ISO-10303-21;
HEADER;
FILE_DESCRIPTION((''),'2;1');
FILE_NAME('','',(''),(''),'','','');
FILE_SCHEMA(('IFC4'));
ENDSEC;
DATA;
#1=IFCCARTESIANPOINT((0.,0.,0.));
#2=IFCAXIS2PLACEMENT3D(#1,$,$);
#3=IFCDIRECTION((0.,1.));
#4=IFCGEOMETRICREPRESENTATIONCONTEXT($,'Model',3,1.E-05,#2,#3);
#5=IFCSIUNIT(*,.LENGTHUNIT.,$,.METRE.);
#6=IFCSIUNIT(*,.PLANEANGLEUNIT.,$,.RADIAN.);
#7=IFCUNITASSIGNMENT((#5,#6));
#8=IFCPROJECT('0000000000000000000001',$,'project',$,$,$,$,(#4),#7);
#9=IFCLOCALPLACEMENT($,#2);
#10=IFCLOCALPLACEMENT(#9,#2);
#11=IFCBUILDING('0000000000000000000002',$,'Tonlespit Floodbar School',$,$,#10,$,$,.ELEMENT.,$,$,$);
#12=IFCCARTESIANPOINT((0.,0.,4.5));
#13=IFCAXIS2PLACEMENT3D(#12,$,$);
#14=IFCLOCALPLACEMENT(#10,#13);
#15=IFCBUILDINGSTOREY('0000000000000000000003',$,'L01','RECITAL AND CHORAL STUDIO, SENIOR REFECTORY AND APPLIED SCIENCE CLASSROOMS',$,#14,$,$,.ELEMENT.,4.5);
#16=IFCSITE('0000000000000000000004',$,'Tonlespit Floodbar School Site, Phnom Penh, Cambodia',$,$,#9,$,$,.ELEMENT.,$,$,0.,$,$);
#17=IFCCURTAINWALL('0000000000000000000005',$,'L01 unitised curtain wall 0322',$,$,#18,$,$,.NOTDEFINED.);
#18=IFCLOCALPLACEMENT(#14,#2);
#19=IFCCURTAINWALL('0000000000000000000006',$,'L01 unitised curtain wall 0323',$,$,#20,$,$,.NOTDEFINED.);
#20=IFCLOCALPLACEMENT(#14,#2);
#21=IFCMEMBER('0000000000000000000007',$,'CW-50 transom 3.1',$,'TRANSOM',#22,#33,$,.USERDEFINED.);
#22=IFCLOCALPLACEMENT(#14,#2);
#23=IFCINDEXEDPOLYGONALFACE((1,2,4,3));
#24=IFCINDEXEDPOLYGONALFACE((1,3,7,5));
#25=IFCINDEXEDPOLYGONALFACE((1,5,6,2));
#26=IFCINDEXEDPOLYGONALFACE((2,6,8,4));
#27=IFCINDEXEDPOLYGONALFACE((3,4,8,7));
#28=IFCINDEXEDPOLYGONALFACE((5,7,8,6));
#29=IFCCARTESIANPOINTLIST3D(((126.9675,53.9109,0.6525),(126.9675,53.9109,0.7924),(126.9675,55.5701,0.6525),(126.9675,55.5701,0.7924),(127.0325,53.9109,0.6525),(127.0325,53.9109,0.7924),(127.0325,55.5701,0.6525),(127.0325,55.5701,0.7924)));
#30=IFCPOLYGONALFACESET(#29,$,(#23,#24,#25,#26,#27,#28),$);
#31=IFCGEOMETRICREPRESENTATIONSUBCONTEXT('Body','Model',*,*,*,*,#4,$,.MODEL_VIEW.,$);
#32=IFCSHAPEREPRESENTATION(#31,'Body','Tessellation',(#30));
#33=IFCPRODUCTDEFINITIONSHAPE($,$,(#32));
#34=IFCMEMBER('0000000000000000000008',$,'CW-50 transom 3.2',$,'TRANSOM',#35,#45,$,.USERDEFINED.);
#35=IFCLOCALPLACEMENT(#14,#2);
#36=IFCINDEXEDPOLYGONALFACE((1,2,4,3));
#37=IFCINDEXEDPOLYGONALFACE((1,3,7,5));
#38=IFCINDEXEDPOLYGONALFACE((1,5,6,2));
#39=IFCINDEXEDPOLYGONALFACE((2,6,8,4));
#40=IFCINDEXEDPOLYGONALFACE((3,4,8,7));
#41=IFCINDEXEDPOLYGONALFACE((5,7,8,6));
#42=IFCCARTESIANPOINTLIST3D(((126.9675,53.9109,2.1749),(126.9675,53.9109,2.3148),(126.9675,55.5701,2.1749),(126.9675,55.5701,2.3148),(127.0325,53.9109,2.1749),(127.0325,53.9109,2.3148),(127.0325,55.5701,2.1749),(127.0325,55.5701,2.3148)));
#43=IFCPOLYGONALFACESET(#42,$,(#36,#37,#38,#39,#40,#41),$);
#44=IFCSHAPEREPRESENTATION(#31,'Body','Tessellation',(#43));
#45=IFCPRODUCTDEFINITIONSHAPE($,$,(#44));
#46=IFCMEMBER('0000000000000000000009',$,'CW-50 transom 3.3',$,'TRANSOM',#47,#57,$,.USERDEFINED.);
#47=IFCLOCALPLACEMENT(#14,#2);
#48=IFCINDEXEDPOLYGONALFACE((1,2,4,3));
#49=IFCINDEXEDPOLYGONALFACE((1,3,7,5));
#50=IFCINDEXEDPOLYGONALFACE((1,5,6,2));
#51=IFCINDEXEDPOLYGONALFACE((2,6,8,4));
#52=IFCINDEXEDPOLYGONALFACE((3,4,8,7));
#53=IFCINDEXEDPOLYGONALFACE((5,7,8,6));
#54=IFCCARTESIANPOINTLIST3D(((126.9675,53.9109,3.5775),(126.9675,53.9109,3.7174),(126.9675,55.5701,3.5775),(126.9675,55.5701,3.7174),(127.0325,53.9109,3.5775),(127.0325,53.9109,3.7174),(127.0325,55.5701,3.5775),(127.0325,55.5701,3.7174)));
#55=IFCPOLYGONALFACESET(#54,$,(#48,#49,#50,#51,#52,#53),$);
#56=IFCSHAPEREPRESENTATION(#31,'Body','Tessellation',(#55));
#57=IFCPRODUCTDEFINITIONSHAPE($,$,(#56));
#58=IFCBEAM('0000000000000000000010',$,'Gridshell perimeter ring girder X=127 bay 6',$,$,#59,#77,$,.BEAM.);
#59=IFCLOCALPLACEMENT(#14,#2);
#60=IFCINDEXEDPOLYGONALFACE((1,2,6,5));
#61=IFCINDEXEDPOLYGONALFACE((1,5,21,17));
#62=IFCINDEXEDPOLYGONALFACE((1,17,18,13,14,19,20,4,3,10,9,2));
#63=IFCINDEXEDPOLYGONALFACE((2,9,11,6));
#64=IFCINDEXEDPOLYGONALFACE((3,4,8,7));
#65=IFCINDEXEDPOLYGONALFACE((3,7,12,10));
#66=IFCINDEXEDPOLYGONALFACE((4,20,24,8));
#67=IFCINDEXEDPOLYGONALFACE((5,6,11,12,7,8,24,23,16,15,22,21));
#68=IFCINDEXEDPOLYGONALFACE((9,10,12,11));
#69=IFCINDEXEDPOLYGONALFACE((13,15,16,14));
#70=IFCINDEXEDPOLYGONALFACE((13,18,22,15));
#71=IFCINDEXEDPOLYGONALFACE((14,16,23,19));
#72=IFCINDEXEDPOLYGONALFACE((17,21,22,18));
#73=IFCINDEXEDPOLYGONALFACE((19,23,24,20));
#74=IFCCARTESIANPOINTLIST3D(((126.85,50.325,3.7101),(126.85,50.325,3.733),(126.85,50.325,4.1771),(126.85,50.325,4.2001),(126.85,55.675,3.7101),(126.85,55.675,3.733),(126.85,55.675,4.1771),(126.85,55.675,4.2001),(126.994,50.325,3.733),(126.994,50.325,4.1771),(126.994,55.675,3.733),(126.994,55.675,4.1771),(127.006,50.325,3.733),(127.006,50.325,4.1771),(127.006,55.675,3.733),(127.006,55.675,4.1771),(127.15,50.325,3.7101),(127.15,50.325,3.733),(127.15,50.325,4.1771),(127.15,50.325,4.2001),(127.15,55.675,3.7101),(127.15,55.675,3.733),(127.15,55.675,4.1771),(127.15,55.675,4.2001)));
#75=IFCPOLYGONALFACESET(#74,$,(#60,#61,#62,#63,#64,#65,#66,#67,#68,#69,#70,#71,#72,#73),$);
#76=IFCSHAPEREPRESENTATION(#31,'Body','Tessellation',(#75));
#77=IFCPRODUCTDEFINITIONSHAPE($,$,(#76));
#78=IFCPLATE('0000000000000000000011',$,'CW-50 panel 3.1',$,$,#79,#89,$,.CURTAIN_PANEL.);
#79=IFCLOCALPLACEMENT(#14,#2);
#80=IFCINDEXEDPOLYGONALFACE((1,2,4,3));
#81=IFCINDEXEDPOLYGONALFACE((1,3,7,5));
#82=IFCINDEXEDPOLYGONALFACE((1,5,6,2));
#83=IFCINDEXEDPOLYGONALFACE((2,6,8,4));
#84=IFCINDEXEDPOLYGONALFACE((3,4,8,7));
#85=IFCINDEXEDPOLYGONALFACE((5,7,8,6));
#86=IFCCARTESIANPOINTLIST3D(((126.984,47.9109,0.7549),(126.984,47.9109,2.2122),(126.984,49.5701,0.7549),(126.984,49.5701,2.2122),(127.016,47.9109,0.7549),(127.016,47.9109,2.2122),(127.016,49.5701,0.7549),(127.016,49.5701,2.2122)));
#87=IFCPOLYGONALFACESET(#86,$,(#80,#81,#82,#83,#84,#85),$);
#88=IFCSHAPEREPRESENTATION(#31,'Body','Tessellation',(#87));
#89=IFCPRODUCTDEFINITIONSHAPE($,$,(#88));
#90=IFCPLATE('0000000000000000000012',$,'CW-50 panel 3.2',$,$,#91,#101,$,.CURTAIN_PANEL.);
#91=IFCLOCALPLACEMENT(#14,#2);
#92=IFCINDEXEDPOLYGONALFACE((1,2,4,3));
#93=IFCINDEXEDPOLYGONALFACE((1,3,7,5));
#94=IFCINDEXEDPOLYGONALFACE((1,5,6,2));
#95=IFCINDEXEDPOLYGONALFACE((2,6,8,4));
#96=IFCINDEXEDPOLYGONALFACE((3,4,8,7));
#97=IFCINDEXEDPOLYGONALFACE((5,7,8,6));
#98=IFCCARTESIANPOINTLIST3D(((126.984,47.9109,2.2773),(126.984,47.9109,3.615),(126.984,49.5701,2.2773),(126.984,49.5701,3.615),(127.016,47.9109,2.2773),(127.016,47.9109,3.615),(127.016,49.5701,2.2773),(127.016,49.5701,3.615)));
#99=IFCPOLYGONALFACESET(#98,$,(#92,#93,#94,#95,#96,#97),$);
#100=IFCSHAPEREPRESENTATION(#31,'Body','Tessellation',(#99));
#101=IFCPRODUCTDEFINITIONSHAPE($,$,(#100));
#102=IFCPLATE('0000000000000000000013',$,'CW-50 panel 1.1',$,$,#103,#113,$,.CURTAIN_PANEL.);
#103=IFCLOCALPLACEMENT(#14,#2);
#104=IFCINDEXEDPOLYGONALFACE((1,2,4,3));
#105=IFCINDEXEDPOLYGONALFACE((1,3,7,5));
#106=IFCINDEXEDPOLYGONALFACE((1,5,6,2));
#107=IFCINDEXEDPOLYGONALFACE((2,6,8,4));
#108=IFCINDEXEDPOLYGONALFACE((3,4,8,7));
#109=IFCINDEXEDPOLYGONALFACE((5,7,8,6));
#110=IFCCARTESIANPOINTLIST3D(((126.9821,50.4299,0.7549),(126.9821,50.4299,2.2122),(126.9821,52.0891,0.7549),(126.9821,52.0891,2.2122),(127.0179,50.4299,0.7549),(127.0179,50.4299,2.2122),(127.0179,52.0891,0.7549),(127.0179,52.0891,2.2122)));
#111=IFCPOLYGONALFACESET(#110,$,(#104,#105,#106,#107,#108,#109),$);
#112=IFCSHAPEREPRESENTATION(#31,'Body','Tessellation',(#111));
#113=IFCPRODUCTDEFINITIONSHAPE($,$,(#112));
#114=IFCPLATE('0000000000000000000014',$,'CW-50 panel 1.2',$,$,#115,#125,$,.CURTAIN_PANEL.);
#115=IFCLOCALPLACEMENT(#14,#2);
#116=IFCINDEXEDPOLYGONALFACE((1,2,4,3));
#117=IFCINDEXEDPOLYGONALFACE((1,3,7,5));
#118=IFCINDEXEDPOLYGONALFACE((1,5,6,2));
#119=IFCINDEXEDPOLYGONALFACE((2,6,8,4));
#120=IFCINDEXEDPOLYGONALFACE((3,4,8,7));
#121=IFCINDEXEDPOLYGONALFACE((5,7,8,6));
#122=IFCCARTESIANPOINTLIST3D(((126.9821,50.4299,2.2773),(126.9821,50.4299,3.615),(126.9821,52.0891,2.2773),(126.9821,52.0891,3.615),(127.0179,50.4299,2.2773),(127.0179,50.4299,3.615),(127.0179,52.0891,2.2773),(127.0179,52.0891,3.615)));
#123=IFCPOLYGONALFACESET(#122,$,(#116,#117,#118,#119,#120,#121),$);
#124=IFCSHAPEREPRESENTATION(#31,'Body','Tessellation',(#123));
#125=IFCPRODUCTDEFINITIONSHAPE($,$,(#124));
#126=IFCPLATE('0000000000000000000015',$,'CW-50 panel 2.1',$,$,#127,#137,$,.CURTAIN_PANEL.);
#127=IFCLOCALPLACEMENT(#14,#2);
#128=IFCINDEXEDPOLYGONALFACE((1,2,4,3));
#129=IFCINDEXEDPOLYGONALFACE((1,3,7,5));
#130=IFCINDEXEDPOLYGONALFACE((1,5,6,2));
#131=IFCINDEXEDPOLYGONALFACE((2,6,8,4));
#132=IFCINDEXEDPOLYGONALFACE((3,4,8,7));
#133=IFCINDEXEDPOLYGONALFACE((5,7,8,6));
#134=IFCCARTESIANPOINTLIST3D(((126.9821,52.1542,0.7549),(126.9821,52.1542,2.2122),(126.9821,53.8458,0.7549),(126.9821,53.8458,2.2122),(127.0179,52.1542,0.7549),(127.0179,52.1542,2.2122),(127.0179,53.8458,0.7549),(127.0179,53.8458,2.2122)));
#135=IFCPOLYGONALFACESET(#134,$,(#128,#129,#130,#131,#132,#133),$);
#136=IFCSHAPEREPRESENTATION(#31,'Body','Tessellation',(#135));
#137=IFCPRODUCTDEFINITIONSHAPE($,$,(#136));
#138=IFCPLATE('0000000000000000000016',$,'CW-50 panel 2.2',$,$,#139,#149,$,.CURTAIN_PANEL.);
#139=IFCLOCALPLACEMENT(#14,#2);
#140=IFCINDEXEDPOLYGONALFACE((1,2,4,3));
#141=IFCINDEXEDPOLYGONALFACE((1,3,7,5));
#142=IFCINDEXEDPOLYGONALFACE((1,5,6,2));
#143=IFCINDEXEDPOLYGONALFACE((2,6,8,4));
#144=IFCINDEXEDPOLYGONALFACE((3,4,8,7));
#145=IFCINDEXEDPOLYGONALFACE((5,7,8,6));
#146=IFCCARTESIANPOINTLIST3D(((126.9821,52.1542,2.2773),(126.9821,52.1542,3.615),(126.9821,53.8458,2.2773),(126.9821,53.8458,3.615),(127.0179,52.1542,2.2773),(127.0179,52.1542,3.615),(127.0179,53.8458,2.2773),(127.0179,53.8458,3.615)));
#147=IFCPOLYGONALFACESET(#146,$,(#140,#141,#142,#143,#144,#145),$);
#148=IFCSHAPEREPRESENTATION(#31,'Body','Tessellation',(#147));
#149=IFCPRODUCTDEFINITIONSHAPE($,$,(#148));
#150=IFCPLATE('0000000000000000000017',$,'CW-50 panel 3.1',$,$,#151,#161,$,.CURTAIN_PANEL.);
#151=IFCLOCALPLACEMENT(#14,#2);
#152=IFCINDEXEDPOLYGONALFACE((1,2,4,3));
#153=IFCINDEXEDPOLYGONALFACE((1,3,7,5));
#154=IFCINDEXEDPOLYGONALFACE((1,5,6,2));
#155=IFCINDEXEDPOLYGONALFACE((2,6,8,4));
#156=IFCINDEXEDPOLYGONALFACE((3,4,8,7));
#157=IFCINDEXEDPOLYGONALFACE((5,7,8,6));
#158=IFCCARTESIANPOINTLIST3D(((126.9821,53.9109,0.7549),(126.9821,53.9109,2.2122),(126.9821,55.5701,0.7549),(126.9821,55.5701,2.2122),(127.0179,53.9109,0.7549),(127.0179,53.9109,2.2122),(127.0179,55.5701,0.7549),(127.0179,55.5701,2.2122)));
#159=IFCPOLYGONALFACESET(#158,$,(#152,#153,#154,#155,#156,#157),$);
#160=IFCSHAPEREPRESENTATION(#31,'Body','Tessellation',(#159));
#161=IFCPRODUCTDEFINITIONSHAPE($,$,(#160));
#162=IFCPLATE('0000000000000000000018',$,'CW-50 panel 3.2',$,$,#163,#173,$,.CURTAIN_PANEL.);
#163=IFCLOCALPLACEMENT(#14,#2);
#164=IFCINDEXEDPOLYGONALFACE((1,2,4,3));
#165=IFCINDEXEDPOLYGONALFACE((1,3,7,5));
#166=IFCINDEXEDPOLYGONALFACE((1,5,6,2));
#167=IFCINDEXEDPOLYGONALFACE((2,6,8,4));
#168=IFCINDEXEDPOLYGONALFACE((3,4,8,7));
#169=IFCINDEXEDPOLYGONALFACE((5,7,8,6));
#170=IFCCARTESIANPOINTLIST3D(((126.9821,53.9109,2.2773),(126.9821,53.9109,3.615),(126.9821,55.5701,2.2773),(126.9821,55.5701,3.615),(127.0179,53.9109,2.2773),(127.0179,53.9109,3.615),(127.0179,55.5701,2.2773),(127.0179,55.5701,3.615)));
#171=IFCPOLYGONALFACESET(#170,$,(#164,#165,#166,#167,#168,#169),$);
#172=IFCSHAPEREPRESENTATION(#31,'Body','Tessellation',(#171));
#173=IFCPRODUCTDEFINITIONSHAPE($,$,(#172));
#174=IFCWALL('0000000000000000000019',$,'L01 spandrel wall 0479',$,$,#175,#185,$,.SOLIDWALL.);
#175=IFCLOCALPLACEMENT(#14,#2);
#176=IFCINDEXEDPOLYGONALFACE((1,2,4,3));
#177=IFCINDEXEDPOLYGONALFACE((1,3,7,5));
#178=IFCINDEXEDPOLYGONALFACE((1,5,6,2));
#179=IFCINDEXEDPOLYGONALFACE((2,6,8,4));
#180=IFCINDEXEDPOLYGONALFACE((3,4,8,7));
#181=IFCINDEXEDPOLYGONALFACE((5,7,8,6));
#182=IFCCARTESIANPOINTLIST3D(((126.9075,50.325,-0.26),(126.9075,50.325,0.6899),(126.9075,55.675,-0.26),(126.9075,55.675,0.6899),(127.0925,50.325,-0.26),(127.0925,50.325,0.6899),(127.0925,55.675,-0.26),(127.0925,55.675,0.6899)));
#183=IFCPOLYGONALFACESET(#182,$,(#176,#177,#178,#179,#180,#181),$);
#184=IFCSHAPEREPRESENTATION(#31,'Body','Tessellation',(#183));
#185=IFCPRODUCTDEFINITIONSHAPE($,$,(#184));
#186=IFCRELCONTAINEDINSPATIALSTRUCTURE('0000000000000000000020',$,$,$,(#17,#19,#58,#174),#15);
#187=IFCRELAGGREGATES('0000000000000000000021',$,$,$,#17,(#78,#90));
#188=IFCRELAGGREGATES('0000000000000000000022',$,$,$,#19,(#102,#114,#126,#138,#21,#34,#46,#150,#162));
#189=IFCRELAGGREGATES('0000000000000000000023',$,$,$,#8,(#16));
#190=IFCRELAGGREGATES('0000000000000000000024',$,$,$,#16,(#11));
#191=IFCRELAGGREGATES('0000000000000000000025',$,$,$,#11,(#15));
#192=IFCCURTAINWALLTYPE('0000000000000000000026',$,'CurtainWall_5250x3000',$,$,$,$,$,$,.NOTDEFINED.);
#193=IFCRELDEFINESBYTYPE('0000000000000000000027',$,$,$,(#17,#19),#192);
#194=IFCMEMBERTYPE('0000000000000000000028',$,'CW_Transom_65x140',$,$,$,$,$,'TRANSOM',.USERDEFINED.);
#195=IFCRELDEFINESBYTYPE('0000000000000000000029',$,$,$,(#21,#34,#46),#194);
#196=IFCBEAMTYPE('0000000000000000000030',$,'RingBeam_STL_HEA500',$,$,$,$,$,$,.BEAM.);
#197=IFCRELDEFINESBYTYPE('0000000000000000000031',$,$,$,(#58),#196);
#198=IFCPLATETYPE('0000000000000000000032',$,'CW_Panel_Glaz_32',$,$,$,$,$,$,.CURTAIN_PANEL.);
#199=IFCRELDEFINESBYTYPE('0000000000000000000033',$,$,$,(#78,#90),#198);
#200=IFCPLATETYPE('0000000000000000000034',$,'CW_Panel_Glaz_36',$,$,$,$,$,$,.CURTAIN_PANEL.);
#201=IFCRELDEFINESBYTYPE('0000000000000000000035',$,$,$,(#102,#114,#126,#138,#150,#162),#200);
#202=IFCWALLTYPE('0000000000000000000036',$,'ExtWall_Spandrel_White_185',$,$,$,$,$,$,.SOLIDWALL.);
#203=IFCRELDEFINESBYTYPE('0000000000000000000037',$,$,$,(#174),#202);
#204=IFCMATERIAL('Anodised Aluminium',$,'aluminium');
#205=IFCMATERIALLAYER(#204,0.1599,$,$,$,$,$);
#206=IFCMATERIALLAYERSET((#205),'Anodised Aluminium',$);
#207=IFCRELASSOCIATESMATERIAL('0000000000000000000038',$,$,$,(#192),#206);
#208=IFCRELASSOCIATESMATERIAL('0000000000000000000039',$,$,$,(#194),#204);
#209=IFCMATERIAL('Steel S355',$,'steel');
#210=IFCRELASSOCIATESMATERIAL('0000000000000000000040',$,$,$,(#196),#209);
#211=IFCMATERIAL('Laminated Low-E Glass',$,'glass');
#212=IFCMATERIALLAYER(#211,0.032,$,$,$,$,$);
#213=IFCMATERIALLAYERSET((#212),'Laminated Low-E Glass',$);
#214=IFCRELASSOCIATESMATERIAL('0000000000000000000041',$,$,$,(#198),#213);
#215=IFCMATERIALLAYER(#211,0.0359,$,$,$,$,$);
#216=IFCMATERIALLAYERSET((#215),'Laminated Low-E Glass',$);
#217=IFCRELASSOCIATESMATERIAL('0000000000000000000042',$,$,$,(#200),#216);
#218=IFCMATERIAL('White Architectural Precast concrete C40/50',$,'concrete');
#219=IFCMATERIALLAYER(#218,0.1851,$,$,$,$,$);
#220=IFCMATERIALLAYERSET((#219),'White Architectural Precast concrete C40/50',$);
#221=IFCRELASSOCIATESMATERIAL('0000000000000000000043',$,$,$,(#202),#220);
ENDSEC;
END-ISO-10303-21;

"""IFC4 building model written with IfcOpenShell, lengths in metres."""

from ifc_helpers import new_model, si_unit, direction, frame, frame_2d, origin, origin_2d, place, context, subcontext, project, spatial, rectangle, i_section, extrude, material, layer, layer_set, material_profile, profile_set, type_object, element, aggregate, save


model = new_model("IFC4")

# Units and contexts
model_context = context("Model", 3, precision=1e-05, world=origin(), true_north=direction((0.0, 1.0)))
body_context = subcontext(model_context, "Body", "Model", "MODEL_VIEW")
ifc_project = project(units=[si_unit("LENGTHUNIT", "METRE"), si_unit("PLANEANGLEUNIT", "RADIAN")], contexts=[model_context])

# Site, building, storey
site_placement = place(None, origin())
site = spatial("IfcSite", under=ifc_project, at=site_placement, Name="Tonlespit Floodbar School Site, Phnom Penh, Cambodia", CompositionType="ELEMENT", RefElevation=0.0)
building_placement = place(site_placement, origin())
building = spatial("IfcBuilding", under=site, at=building_placement, Name="Tonlespit Floodbar School", CompositionType="ELEMENT")
storey_placement = place(building_placement, frame((0.0, 0.0, 4.5)))
storey = spatial("IfcBuildingStorey", under=building, at=storey_placement, Name="L01", Description="RECITAL AND CHORAL STUDIO, SENIOR REFECTORY AND APPLIED SCIENCE CLASSROOMS", CompositionType="ELEMENT", Elevation=4.5)

# Curtain wall
ifc_material_1 = material(Name="Anodised Aluminium", Category="aluminium")
ifc_layer_1 = layer(ifc_material_1, 0.1599)
ifc_layer_set_1 = layer_set([ifc_layer_1], Name="Anodised Aluminium")
curtain_wall_type = type_object("IfcCurtainWallType", Name="CurtainWall_5250x3000", PredefinedType="NOTDEFINED", material=ifc_layer_set_1)
curtain_wall_1_placement = place(storey_placement, origin())
curtain_wall_1 = element("IfcCurtainWall", 1, at=curtain_wall_1_placement, inside=storey, type_object=curtain_wall_type, Name="L01 unitised curtain wall 0322", PredefinedType="NOTDEFINED")

# Curtain wall
curtain_wall_2_placement = place(storey_placement, origin())
curtain_wall_2 = element("IfcCurtainWall", 2, at=curtain_wall_2_placement, inside=storey, type_object=curtain_wall_type, Name="L01 unitised curtain wall 0323", PredefinedType="NOTDEFINED")

# Members
ifc_material_profile_1 = material_profile(ifc_material_1, rectangle(XDim=0.0649, YDim=0.1399, at=origin_2d()), Name="ALU T65x140")
ifc_profile_set_1 = profile_set([ifc_material_profile_1], Name="Anodised Aluminium")
member_type_1 = type_object("IfcMemberType", Name="CW_Transom_65x140", ElementType="TRANSOM", PredefinedType="USERDEFINED", material=ifc_profile_set_1)
member_1_placement = place(storey_placement, frame((127.0, 53.9109, 0.7224), z_axis=(0.0, 1.0, 0.0), x_axis=(-1.0, 0.0, 0.0)))
member_1 = element("IfcMember", 3, at=member_1_placement, type_object=member_type_1, Name="CW-50 transom 3.1", ObjectType="TRANSOM", PredefinedType="USERDEFINED", context=body_context, shape_type="SweptSolid", body=[
    extrude(rectangle(XDim=0.0649, YDim=0.1399, at=origin_2d()), origin(), (0.0, 0.0, 1.0), 1.6592),
])
member_2_placement = place(storey_placement, frame((127.0, 53.9109, 2.2449), z_axis=(0.0, 1.0, 0.0), x_axis=(-1.0, 0.0, 0.0)))
member_2 = element("IfcMember", 4, at=member_2_placement, type_object=member_type_1, Name="CW-50 transom 3.2", ObjectType="TRANSOM", PredefinedType="USERDEFINED", context=body_context, shape_type="SweptSolid", body=[
    extrude(rectangle(XDim=0.0649, YDim=0.1399, at=origin_2d()), origin(), (0.0, 0.0, 1.0), 1.6592),
])
member_3_placement = place(storey_placement, frame((127.0, 53.9109, 3.6475), z_axis=(0.0, 1.0, 0.0), x_axis=(-1.0, 0.0, 0.0)))
member_3 = element("IfcMember", 5, at=member_3_placement, type_object=member_type_1, Name="CW-50 transom 3.3", ObjectType="TRANSOM", PredefinedType="USERDEFINED", context=body_context, shape_type="SweptSolid", body=[
    extrude(rectangle(XDim=0.0649, YDim=0.1399, at=origin_2d()), origin(), (0.0, 0.0, 1.0), 1.6592),
])

# Beam
ifc_material_2 = material(Name="Steel S355", Category="steel")
ifc_material_profile_2 = material_profile(ifc_material_2, i_section(OverallWidth=0.3, OverallDepth=0.49, WebThickness=0.012, FlangeThickness=0.0229, at=origin_2d()), Name="HEA 500")
ifc_profile_set_2 = profile_set([ifc_material_profile_2], Name="Steel S355")
beam_type = type_object("IfcBeamType", Name="RingBeam_STL_HEA500", PredefinedType="BEAM", material=ifc_profile_set_2)
beam_placement = place(storey_placement, frame((127.0, 50.325, 3.9551), z_axis=(0.0, 1.0, 0.0), x_axis=(-1.0, 0.0, 0.0)))
element("IfcBeam", 6, at=beam_placement, inside=storey, type_object=beam_type, Name="Gridshell perimeter ring girder X=127 bay 6", PredefinedType="BEAM", context=body_context, shape_type="SweptSolid", body=[
    extrude(i_section(OverallWidth=0.3, OverallDepth=0.49, WebThickness=0.012, FlangeThickness=0.0229, at=origin_2d()), origin(), (0.0, 0.0, 1.0), 5.3501),
])

# Plates
ifc_material_3 = material(Name="Laminated Low-E Glass", Category="glass")
ifc_layer_2 = layer(ifc_material_3, 0.032)
ifc_layer_set_2 = layer_set([ifc_layer_2], Name="Laminated Low-E Glass")
plate_type_1 = type_object("IfcPlateType", Name="CW_Panel_Glaz_32", PredefinedType="CURTAIN_PANEL", material=ifc_layer_set_2)
plate_1_placement = place(storey_placement, frame((127.0, 48.7405, 0.7549), z_axis=(0.0, 0.0, 1.0), x_axis=(0.0, 1.0, 0.0)))
plate_1 = element("IfcPlate", 7, at=plate_1_placement, type_object=plate_type_1, Name="CW-50 panel 3.1", PredefinedType="CURTAIN_PANEL", context=body_context, shape_type="SweptSolid", body=[
    extrude(rectangle(XDim=1.6592, YDim=0.032, at=origin_2d()), origin(), (0.0, 0.0, 1.0), 1.4573),
])
plate_2_placement = place(storey_placement, frame((127.0, 48.7405, 2.2773), z_axis=(0.0, 0.0, 1.0), x_axis=(0.0, 1.0, 0.0)))
plate_2 = element("IfcPlate", 8, at=plate_2_placement, type_object=plate_type_1, Name="CW-50 panel 3.2", PredefinedType="CURTAIN_PANEL", context=body_context, shape_type="SweptSolid", body=[
    extrude(rectangle(XDim=1.6592, YDim=0.032, at=origin_2d()), origin(), (0.0, 0.0, 1.0), 1.3376),
])
aggregate(curtain_wall_1, [plate_1, plate_2])
ifc_layer_3 = layer(ifc_material_3, 0.0359)
ifc_layer_set_3 = layer_set([ifc_layer_3], Name="Laminated Low-E Glass")
plate_type_2 = type_object("IfcPlateType", Name="CW_Panel_Glaz_36", PredefinedType="CURTAIN_PANEL", material=ifc_layer_set_3)
plate_3_placement = place(storey_placement, frame((127.0, 51.2595, 0.7549), z_axis=(0.0, 0.0, 1.0), x_axis=(0.0, 1.0, 0.0)))
plate_3 = element("IfcPlate", 9, at=plate_3_placement, type_object=plate_type_2, Name="CW-50 panel 1.1", PredefinedType="CURTAIN_PANEL", context=body_context, shape_type="SweptSolid", body=[
    extrude(rectangle(XDim=1.6592, YDim=0.0359, at=origin_2d()), origin(), (0.0, 0.0, 1.0), 1.4573),
])
plate_4_placement = place(storey_placement, frame((127.0, 51.2595, 2.2773), z_axis=(0.0, 0.0, 1.0), x_axis=(0.0, 1.0, 0.0)))
plate_4 = element("IfcPlate", 10, at=plate_4_placement, type_object=plate_type_2, Name="CW-50 panel 1.2", PredefinedType="CURTAIN_PANEL", context=body_context, shape_type="SweptSolid", body=[
    extrude(rectangle(XDim=1.6592, YDim=0.0359, at=origin_2d()), origin(), (0.0, 0.0, 1.0), 1.3376),
])
plate_5_placement = place(storey_placement, frame((127.0, 53.0, 0.7549), z_axis=(0.0, 0.0, 1.0), x_axis=(0.0, 1.0, 0.0)))
plate_5 = element("IfcPlate", 11, at=plate_5_placement, type_object=plate_type_2, Name="CW-50 panel 2.1", PredefinedType="CURTAIN_PANEL", context=body_context, shape_type="SweptSolid", body=[
    extrude(rectangle(XDim=1.6917, YDim=0.0359, at=origin_2d()), origin(), (0.0, 0.0, 1.0), 1.4573),
])
plate_6_placement = place(storey_placement, frame((127.0, 53.0, 2.2773), z_axis=(0.0, 0.0, 1.0), x_axis=(0.0, 1.0, 0.0)))
plate_6 = element("IfcPlate", 12, at=plate_6_placement, type_object=plate_type_2, Name="CW-50 panel 2.2", PredefinedType="CURTAIN_PANEL", context=body_context, shape_type="SweptSolid", body=[
    extrude(rectangle(XDim=1.6917, YDim=0.0359, at=origin_2d()), origin(), (0.0, 0.0, 1.0), 1.3376),
])
plate_7_placement = place(storey_placement, frame((127.0, 54.7405, 0.7549), z_axis=(0.0, 0.0, 1.0), x_axis=(0.0, 1.0, 0.0)))
plate_7 = element("IfcPlate", 13, at=plate_7_placement, type_object=plate_type_2, Name="CW-50 panel 3.1", PredefinedType="CURTAIN_PANEL", context=body_context, shape_type="SweptSolid", body=[
    extrude(rectangle(XDim=1.6592, YDim=0.0359, at=origin_2d()), origin(), (0.0, 0.0, 1.0), 1.4573),
])
plate_8_placement = place(storey_placement, frame((127.0, 54.7405, 2.2773), z_axis=(0.0, 0.0, 1.0), x_axis=(0.0, 1.0, 0.0)))
plate_8 = element("IfcPlate", 14, at=plate_8_placement, type_object=plate_type_2, Name="CW-50 panel 3.2", PredefinedType="CURTAIN_PANEL", context=body_context, shape_type="SweptSolid", body=[
    extrude(rectangle(XDim=1.6592, YDim=0.0359, at=origin_2d()), origin(), (0.0, 0.0, 1.0), 1.3376),
])
aggregate(curtain_wall_2, [plate_3, plate_4, plate_5, plate_6, member_1, member_2, member_3, plate_7, plate_8])

# Wall
ifc_material_4 = material(Name="White Architectural Precast concrete C40/50", Category="concrete")
ifc_layer_4 = layer(ifc_material_4, 0.1851)
ifc_layer_set_4 = layer_set([ifc_layer_4], Name="White Architectural Precast concrete C40/50")
wall_type = type_object("IfcWallType", Name="ExtWall_Spandrel_White_185", PredefinedType="SOLIDWALL", material=ifc_layer_set_4)
wall_placement = place(storey_placement, frame((127.0, 50.325, -0.26), z_axis=(0.0, 0.0, 1.0), x_axis=(0.0, 1.0, 0.0)))
element("IfcWall", 15, at=wall_placement, inside=storey, type_object=wall_type, Name="L01 spandrel wall 0479", PredefinedType="SOLIDWALL", context=body_context, shape_type="SweptSolid", body=[
    extrude(rectangle(XDim=5.3501, YDim=0.1851, at=frame_2d((2.675, 0.0))), origin(), (0.0, 0.0, 1.0), 0.95),
])

save(model, "model.ifc")
